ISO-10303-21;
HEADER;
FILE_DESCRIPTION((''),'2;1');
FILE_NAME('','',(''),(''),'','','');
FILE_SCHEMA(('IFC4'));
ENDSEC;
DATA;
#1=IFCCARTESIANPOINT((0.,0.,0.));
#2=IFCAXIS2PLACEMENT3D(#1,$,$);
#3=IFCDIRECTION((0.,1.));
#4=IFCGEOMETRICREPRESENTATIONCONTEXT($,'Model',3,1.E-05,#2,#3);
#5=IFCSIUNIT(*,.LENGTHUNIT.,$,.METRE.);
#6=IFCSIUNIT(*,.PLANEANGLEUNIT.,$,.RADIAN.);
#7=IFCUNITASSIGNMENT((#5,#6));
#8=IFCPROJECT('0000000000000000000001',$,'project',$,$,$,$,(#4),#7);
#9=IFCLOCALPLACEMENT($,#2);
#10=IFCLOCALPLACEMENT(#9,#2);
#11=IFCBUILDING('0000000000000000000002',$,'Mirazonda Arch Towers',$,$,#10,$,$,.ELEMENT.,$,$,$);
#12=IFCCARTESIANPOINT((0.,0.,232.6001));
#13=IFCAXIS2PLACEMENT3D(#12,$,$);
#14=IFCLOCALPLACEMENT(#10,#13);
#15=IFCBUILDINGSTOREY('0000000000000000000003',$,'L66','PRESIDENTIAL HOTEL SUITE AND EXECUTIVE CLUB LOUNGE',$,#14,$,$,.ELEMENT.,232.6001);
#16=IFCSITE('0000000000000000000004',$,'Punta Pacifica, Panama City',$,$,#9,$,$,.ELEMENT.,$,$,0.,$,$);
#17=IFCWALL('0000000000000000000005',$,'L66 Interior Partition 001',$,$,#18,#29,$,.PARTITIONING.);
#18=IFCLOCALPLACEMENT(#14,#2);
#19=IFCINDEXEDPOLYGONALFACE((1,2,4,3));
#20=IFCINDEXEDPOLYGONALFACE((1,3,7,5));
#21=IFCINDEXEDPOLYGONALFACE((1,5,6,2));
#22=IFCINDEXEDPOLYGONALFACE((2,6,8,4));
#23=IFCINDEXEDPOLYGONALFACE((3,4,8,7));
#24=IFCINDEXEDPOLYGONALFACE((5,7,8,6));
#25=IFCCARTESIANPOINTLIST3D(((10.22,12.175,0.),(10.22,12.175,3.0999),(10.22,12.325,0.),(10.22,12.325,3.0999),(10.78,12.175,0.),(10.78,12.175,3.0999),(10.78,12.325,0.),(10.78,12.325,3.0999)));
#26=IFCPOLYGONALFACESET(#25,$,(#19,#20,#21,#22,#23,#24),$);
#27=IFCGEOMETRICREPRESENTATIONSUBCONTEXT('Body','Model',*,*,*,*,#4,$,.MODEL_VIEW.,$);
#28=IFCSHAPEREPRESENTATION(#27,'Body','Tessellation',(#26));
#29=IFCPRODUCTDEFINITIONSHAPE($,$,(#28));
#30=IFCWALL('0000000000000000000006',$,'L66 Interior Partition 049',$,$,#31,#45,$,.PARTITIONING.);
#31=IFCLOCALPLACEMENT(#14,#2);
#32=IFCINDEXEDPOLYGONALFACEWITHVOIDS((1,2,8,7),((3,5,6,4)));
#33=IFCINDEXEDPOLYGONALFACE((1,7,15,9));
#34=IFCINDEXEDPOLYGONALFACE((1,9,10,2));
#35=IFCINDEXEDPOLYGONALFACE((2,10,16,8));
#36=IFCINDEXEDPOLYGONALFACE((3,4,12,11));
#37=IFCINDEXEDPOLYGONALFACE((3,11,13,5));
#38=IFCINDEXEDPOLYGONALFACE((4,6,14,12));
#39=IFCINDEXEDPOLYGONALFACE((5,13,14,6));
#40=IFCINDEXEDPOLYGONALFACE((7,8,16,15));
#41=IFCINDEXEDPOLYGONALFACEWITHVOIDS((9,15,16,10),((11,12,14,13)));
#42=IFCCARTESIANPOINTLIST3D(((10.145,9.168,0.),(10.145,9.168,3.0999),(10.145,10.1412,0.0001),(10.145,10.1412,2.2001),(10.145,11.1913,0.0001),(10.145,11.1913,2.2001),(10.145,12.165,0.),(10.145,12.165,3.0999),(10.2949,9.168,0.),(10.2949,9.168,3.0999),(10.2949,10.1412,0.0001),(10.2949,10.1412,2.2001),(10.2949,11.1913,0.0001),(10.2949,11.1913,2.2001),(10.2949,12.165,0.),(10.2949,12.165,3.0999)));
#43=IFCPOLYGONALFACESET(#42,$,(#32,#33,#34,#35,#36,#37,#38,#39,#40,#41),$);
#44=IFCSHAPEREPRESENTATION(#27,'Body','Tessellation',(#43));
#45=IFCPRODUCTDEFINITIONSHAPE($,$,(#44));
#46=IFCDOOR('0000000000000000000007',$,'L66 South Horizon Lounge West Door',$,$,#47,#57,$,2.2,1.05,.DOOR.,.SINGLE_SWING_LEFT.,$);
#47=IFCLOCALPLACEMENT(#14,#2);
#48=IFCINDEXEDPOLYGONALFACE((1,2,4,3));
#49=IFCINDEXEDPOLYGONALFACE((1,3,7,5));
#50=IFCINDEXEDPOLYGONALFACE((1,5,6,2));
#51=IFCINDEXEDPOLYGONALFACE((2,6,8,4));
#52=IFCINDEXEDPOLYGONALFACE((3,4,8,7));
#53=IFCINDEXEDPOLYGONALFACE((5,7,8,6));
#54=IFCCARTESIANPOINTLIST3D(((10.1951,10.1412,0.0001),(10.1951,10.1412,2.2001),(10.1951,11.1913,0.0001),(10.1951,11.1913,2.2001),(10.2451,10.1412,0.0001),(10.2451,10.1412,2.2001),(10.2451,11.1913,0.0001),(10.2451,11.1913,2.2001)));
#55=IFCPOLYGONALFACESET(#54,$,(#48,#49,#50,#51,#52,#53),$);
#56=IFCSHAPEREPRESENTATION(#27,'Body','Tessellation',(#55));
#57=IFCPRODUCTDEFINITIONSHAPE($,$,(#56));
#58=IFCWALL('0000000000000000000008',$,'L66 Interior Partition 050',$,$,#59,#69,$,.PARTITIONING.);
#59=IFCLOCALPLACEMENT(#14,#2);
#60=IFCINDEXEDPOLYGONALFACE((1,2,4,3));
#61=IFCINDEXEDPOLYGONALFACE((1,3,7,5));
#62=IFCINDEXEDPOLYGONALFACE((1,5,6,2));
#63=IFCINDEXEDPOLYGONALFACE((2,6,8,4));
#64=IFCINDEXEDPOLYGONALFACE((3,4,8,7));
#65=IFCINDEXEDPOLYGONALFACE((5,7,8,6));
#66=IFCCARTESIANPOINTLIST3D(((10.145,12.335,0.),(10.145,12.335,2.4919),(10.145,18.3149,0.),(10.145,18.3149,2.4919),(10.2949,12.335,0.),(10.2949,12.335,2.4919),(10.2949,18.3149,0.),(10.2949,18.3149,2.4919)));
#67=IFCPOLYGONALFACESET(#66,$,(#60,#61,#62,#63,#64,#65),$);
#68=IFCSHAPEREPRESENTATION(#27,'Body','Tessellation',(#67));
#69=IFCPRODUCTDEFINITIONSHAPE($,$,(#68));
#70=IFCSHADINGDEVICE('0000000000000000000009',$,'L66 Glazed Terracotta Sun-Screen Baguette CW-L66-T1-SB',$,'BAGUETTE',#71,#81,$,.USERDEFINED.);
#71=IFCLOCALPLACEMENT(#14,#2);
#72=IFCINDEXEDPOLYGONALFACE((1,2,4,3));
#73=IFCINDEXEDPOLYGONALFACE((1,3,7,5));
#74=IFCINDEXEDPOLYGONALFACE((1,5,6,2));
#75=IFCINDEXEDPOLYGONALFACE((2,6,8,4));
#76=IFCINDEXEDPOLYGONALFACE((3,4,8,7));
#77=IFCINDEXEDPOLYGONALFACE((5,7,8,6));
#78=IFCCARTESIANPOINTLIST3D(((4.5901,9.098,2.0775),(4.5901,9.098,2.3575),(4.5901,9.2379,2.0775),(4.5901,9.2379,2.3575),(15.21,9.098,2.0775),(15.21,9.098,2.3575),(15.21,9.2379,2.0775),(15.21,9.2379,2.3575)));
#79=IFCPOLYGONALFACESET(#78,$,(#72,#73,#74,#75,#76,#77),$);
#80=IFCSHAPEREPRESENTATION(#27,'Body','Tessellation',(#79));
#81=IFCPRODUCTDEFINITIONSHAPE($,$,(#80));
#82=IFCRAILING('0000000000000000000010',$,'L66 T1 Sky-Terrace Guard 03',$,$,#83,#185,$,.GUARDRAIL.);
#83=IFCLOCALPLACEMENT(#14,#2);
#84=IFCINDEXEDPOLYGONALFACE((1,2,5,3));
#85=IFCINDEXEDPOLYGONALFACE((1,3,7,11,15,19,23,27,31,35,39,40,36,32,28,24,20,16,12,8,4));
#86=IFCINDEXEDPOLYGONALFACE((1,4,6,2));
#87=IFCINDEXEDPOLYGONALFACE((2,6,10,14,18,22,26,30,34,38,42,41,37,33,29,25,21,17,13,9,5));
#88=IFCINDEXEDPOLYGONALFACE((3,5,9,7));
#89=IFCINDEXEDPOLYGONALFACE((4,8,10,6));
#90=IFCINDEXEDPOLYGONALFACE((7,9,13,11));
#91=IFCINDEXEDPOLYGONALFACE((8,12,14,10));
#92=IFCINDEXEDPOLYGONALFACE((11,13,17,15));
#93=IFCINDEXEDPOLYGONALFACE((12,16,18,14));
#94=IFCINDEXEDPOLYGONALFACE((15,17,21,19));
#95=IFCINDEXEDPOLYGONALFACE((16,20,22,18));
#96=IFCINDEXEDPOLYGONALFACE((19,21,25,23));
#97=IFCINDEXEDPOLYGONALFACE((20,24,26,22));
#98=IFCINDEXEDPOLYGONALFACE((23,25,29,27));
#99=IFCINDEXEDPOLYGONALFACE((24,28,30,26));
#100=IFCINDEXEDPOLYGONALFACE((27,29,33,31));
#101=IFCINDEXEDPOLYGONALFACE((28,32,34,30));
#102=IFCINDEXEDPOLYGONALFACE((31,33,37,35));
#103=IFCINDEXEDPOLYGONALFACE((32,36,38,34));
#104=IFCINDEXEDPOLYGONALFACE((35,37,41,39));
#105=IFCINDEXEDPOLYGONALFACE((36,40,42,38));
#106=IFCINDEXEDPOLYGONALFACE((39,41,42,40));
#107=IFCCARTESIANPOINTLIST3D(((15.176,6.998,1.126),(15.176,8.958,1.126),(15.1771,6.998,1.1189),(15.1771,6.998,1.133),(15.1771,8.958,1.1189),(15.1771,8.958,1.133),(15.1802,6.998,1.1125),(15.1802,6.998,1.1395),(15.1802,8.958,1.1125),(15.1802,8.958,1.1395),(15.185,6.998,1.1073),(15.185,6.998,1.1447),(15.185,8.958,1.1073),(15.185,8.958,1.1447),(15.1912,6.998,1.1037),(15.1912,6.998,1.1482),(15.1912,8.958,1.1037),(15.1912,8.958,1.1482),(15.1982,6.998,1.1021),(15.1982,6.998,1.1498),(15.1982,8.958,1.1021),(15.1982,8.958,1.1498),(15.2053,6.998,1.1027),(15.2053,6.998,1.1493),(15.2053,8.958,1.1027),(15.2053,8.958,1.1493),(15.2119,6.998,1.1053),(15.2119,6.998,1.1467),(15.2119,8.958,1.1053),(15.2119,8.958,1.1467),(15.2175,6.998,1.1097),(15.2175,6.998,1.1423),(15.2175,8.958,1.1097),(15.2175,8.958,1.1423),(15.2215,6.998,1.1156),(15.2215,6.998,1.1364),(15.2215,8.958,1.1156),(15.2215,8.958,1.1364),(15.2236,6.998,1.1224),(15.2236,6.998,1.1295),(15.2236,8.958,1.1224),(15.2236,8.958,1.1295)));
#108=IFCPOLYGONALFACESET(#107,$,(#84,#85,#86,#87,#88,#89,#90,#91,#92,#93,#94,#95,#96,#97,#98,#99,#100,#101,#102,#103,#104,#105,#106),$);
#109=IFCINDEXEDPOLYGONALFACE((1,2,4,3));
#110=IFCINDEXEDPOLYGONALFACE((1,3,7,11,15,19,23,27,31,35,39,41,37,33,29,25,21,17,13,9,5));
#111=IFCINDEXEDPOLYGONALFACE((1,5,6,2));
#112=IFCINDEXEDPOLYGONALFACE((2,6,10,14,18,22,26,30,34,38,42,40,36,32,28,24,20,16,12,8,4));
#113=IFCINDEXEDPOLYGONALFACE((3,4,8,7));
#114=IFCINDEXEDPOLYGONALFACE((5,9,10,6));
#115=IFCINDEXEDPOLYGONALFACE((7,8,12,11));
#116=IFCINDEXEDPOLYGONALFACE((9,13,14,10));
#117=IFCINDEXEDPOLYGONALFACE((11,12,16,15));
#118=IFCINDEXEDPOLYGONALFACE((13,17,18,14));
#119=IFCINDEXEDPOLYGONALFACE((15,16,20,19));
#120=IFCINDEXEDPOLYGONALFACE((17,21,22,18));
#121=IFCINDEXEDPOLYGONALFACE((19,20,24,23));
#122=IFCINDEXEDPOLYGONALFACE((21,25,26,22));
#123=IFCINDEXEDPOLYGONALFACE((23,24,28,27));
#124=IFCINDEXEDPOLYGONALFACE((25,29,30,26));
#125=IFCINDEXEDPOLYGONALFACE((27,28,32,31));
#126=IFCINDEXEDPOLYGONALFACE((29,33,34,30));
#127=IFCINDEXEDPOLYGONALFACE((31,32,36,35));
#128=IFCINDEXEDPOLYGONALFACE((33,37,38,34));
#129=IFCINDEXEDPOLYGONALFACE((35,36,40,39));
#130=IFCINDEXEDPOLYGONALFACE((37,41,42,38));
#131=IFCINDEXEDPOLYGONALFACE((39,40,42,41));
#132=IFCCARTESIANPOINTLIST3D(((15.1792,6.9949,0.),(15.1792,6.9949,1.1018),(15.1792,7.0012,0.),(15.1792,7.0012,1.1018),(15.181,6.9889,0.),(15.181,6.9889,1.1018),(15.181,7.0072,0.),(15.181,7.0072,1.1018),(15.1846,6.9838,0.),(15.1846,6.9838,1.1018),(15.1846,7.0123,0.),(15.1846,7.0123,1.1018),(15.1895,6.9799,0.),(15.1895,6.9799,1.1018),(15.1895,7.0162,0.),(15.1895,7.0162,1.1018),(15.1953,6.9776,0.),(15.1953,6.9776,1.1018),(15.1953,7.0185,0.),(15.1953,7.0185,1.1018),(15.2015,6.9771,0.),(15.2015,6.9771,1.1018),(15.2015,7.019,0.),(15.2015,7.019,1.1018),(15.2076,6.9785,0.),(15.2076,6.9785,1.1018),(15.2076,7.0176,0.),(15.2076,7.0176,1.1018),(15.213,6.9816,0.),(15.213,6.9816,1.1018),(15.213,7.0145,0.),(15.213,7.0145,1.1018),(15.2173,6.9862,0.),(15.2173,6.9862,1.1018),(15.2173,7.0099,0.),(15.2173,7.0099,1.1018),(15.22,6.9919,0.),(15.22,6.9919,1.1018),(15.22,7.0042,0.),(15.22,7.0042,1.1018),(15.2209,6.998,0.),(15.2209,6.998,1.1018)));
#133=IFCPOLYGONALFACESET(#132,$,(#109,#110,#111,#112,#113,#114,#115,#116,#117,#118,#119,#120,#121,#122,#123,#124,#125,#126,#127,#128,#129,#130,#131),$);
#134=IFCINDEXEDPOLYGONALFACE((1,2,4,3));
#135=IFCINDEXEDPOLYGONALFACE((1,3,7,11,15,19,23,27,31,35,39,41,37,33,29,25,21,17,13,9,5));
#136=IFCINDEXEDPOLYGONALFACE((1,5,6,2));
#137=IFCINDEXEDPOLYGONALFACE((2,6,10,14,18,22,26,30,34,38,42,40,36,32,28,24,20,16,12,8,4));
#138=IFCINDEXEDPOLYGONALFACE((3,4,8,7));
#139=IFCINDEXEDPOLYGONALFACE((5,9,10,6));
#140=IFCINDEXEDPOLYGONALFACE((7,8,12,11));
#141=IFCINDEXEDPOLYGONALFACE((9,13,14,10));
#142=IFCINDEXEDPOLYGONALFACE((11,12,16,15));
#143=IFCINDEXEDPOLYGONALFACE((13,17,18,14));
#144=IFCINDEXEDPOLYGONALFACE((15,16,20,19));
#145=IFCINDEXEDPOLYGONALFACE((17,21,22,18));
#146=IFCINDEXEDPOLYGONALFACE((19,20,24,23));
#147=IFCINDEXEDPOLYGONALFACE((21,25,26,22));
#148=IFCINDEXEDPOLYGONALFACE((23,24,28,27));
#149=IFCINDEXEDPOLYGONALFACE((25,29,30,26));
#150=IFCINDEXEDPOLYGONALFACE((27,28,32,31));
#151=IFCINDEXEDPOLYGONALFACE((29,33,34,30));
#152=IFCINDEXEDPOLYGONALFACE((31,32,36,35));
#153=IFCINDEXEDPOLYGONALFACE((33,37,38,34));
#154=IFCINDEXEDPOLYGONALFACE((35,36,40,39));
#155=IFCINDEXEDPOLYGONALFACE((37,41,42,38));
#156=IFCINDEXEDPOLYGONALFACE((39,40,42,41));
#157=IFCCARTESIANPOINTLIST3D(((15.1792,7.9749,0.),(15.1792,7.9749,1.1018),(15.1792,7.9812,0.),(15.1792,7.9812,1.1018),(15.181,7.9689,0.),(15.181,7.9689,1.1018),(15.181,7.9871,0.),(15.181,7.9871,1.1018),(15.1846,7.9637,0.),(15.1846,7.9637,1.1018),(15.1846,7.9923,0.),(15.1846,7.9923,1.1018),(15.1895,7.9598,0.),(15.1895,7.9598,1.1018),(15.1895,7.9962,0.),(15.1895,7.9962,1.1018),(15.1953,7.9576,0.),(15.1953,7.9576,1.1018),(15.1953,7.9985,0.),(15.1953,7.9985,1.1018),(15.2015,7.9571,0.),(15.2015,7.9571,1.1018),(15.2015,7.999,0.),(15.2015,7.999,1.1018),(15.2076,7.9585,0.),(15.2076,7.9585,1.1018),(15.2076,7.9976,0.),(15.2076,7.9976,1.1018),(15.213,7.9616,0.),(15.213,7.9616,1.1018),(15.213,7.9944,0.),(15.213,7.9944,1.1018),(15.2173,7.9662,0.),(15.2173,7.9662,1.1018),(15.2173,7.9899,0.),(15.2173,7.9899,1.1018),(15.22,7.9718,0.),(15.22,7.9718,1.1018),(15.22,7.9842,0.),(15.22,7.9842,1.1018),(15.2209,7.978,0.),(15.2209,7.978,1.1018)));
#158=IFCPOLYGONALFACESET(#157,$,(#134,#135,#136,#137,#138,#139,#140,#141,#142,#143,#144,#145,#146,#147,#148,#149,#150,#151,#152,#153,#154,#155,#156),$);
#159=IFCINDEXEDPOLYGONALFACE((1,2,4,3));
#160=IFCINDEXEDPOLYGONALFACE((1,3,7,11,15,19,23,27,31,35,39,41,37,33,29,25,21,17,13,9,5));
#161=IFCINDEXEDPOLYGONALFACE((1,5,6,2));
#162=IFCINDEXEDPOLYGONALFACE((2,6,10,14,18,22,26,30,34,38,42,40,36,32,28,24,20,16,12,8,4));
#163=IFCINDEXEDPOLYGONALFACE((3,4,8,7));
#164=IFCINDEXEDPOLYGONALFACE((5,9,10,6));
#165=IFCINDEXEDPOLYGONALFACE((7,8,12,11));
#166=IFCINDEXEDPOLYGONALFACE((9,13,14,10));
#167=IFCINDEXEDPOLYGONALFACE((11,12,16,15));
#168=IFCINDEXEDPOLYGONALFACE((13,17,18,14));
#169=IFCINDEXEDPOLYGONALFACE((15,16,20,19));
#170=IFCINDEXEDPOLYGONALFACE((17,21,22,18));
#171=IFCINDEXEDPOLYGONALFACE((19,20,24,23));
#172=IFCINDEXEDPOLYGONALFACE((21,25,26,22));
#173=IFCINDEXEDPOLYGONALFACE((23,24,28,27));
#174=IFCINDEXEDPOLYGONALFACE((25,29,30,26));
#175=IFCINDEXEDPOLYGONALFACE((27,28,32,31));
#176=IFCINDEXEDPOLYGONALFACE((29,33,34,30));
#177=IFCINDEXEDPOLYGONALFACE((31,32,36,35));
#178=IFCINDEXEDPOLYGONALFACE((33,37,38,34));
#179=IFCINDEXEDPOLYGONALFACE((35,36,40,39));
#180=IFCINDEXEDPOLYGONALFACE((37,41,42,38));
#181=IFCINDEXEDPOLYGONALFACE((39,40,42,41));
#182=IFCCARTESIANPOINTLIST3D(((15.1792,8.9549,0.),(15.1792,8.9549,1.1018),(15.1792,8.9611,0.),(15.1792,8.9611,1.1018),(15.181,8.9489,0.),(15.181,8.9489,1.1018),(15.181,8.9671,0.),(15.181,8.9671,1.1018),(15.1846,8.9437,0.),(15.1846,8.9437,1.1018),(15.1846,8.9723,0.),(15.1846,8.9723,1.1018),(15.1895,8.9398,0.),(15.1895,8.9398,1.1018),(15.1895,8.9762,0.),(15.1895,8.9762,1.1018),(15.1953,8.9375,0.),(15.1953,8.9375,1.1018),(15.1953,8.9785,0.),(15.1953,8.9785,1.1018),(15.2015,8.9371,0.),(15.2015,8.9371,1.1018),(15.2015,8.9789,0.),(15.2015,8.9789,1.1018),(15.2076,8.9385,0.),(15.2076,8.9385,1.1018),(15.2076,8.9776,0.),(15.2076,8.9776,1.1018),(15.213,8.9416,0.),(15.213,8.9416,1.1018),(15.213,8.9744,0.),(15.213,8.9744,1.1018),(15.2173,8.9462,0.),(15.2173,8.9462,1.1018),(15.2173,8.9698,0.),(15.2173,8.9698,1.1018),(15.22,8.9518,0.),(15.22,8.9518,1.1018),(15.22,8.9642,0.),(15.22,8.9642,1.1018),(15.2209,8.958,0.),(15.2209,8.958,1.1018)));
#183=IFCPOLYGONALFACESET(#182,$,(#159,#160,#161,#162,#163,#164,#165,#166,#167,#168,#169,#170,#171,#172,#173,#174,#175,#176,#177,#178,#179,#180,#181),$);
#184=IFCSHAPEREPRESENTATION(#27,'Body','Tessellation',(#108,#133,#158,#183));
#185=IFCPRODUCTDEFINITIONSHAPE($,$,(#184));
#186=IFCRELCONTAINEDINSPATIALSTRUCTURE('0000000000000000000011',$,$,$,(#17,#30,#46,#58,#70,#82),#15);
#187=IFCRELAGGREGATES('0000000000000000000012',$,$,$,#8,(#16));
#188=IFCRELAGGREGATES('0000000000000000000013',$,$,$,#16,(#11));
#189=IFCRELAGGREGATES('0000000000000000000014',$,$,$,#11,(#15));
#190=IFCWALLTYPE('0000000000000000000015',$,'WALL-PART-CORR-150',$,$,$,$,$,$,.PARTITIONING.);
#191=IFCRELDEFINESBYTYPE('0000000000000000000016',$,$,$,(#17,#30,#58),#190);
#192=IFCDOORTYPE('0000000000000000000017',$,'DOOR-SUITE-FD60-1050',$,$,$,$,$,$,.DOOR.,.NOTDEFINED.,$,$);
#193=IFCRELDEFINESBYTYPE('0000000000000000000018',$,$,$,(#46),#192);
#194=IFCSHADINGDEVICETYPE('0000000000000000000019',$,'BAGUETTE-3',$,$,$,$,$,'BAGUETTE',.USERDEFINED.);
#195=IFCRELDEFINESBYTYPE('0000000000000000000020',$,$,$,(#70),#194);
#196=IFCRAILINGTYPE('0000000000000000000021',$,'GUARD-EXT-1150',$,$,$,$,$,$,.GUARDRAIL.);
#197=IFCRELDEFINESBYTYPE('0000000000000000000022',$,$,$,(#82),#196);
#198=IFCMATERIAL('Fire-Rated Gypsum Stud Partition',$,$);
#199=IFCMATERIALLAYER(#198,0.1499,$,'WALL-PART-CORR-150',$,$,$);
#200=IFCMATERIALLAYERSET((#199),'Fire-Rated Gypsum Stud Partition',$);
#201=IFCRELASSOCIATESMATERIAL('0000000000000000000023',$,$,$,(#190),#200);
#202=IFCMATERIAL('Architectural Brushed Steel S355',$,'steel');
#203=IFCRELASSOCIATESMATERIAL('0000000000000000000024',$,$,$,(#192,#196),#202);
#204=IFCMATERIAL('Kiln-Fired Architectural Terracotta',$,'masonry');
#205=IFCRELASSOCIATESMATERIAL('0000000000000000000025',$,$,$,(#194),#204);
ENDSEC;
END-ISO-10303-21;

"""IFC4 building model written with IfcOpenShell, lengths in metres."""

from ifc_helpers import new_model, si_unit, direction, frame, frame_2d, origin, origin_2d, place, context, subcontext, project, spatial, rectangle, circle, extrude, material, layer, layer_set, material_profile, profile_set, type_object, element, fill, save


model = new_model("IFC4")

# Units and contexts
model_context = context("Model", 3, precision=1e-05, world=origin(), true_north=direction((0.0, 1.0)))
body_context = subcontext(model_context, "Body", "Model", "MODEL_VIEW")
ifc_project = project(units=[si_unit("LENGTHUNIT", "METRE"), si_unit("PLANEANGLEUNIT", "RADIAN")], contexts=[model_context])

# Site, building, storey
site_placement = place(None, origin())
site = spatial("IfcSite", under=ifc_project, at=site_placement, Name="Punta Pacifica, Panama City", CompositionType="ELEMENT", RefElevation=0.0)
building_placement = place(site_placement, origin())
building = spatial("IfcBuilding", under=site, at=building_placement, Name="Mirazonda Arch Towers", CompositionType="ELEMENT")
storey_placement = place(building_placement, frame((0.0, 0.0, 232.6001)))
storey = spatial("IfcBuildingStorey", under=building, at=storey_placement, Name="L66", Description="PRESIDENTIAL HOTEL SUITE AND EXECUTIVE CLUB LOUNGE", CompositionType="ELEMENT", Elevation=232.6001)

# Wall
ifc_material_1 = material(Name="Fire-Rated Gypsum Stud Partition")
ifc_layer_1 = layer(ifc_material_1, 0.1499, Name="WALL-PART-CORR-150")
ifc_layer_set_1 = layer_set([ifc_layer_1], Name="Fire-Rated Gypsum Stud Partition")
wall_type_1 = type_object("IfcWallType", Name="WALL-PART-CORR-150", PredefinedType="PARTITIONING", material=ifc_layer_set_1)
wall_1_placement = place(storey_placement, frame((10.22, 12.25, 0.0), z_axis=(0.0, 0.0, 1.0), x_axis=(1.0, 0.0, 0.0)))
element("IfcWall", 1, at=wall_1_placement, inside=storey, type_object=wall_type_1, Name="L66 Interior Partition 001", PredefinedType="PARTITIONING", context=body_context, shape_type="SweptSolid", body=[
    extrude(rectangle(XDim=0.5601, YDim=0.1499, at=frame_2d((0.28, 0.0))), origin(), (0.0, 0.0, 1.0), 3.0999),
])

# Wall, opening, door
wall_2_placement = place(storey_placement, frame((10.22, 9.168, 0.0), z_axis=(0.0, 0.0, 1.0), x_axis=(0.0, 1.0, 0.0)))
wall_2 = element("IfcWall", 2, at=wall_2_placement, inside=storey, type_object=wall_type_1, Name="L66 Interior Partition 049", PredefinedType="PARTITIONING", context=body_context, shape_type="SweptSolid", body=[
    extrude(rectangle(XDim=2.9971, YDim=0.1499, at=frame_2d((1.4985, 0.0))), origin(), (0.0, 0.0, 1.0), 3.0999),
])
opening_1_placement = place(wall_2_placement, frame((0.9734, 0.0, 0.0)))
opening_1 = element("IfcOpeningElement", 3, at=opening_1_placement, cuts=wall_2, PredefinedType="OPENING", context=body_context, shape_type="SweptSolid", body=[
    extrude(rectangle(XDim=1.05, YDim=2.2, at=frame_2d((0.5249, 1.1001))), frame((0.0, 0.085, 0.0), z_axis=(0.0, -1.0, 0.0), x_axis=(1.0, 0.0, 0.0)), (0.0, 0.0, 1.0), 0.1699),
])
ifc_material_2 = material(Name="Architectural Brushed Steel S355", Category="steel")
door_type_1 = type_object("IfcDoorType", Name="DOOR-SUITE-FD60-1050", OperationType="NOTDEFINED", PredefinedType="DOOR", material=ifc_material_2)
door_1_placement = place(opening_1_placement, origin())
door_1 = element("IfcDoor", 4, at=door_1_placement, inside=storey, type_object=door_type_1, Name="L66 South Horizon Lounge West Door", OperationType="SINGLE_SWING_LEFT", OverallHeight=2.2, OverallWidth=1.05, PredefinedType="DOOR", context=body_context, shape_type="SweptSolid", body=[
    extrude(rectangle(XDim=1.05, YDim=2.2, at=frame_2d((0.5249, 1.1001))), frame((0.0, 0.0249, 0.0), z_axis=(0.0, -1.0, 0.0), x_axis=(1.0, 0.0, 0.0)), (0.0, 0.0, 1.0), 0.05),
])
fill(opening_1, door_1)

# Wall
wall_3_placement = place(storey_placement, frame((10.22, 12.335, 0.0), z_axis=(0.0, 0.0, 1.0), x_axis=(0.0, 1.0, 0.0)))
element("IfcWall", 5, at=wall_3_placement, inside=storey, type_object=wall_type_1, Name="L66 Interior Partition 050", PredefinedType="PARTITIONING", context=body_context, shape_type="SweptSolid", body=[
    extrude(rectangle(XDim=5.98, YDim=0.1499, at=frame_2d((2.99, 0.0))), origin(), (0.0, 0.0, 1.0), 2.4919),
])

# Shading device
ifc_material_3 = material(Name="Kiln-Fired Architectural Terracotta", Category="masonry")
ifc_material_profile_1 = material_profile(ifc_material_3, rectangle(XDim=0.1399, YDim=0.28, at=origin_2d()), Name="TERRA-BAG-140x280")
ifc_profile_set_1 = profile_set([ifc_material_profile_1], Name="Kiln-Fired Architectural Terracotta")
shading_device_type = type_object("IfcShadingDeviceType", Name="BAGUETTE-3", ElementType="BAGUETTE", PredefinedType="USERDEFINED", material=ifc_profile_set_1)
shading_device_placement = place(storey_placement, frame((15.21, 9.168, 2.2175), z_axis=(-1.0, 0.0, 0.0), x_axis=(0.0, -1.0, 0.0)))
element("IfcShadingDevice", 6, at=shading_device_placement, inside=storey, type_object=shading_device_type, Name="L66 Glazed Terracotta Sun-Screen Baguette CW-L66-T1-SB", ObjectType="BAGUETTE", PredefinedType="USERDEFINED", context=body_context, shape_type="SweptSolid", body=[
    extrude(rectangle(XDim=0.1399, YDim=0.28, at=origin_2d()), origin(), (0.0, 0.0, 1.0), 10.6199),
])

# Railing
railing_type = type_object("IfcRailingType", Name="GUARD-EXT-1150", PredefinedType="GUARDRAIL", material=ifc_material_2)
railing_placement = place(storey_placement, frame((15.2, 6.998, 0.0)))
element("IfcRailing", 7, at=railing_placement, inside=storey, type_object=railing_type, Name="L66 T1 Sky-Terrace Guard 03", PredefinedType="GUARDRAIL", context=body_context, shape_type="SweptSolid", body=[
    extrude(circle(Radius=0.0239, at=origin_2d()), frame((0.0, 0.0, 1.126), z_axis=(0.0, 1.0, 0.0), x_axis=(-1.0, 0.0, 0.0)), (0.0, 0.0, 1.0), 1.96),
    extrude(circle(Radius=0.021, at=origin_2d()), origin(), (0.0, 0.0, 1.0), 1.1018),
    extrude(circle(Radius=0.021, at=origin_2d()), frame((0.0, 0.98, 0.0)), (0.0, 0.0, 1.0), 1.1018),
    extrude(circle(Radius=0.021, at=origin_2d()), frame((0.0, 1.96, 0.0)), (0.0, 0.0, 1.0), 1.1018),
])

save(model, "model.ifc")
